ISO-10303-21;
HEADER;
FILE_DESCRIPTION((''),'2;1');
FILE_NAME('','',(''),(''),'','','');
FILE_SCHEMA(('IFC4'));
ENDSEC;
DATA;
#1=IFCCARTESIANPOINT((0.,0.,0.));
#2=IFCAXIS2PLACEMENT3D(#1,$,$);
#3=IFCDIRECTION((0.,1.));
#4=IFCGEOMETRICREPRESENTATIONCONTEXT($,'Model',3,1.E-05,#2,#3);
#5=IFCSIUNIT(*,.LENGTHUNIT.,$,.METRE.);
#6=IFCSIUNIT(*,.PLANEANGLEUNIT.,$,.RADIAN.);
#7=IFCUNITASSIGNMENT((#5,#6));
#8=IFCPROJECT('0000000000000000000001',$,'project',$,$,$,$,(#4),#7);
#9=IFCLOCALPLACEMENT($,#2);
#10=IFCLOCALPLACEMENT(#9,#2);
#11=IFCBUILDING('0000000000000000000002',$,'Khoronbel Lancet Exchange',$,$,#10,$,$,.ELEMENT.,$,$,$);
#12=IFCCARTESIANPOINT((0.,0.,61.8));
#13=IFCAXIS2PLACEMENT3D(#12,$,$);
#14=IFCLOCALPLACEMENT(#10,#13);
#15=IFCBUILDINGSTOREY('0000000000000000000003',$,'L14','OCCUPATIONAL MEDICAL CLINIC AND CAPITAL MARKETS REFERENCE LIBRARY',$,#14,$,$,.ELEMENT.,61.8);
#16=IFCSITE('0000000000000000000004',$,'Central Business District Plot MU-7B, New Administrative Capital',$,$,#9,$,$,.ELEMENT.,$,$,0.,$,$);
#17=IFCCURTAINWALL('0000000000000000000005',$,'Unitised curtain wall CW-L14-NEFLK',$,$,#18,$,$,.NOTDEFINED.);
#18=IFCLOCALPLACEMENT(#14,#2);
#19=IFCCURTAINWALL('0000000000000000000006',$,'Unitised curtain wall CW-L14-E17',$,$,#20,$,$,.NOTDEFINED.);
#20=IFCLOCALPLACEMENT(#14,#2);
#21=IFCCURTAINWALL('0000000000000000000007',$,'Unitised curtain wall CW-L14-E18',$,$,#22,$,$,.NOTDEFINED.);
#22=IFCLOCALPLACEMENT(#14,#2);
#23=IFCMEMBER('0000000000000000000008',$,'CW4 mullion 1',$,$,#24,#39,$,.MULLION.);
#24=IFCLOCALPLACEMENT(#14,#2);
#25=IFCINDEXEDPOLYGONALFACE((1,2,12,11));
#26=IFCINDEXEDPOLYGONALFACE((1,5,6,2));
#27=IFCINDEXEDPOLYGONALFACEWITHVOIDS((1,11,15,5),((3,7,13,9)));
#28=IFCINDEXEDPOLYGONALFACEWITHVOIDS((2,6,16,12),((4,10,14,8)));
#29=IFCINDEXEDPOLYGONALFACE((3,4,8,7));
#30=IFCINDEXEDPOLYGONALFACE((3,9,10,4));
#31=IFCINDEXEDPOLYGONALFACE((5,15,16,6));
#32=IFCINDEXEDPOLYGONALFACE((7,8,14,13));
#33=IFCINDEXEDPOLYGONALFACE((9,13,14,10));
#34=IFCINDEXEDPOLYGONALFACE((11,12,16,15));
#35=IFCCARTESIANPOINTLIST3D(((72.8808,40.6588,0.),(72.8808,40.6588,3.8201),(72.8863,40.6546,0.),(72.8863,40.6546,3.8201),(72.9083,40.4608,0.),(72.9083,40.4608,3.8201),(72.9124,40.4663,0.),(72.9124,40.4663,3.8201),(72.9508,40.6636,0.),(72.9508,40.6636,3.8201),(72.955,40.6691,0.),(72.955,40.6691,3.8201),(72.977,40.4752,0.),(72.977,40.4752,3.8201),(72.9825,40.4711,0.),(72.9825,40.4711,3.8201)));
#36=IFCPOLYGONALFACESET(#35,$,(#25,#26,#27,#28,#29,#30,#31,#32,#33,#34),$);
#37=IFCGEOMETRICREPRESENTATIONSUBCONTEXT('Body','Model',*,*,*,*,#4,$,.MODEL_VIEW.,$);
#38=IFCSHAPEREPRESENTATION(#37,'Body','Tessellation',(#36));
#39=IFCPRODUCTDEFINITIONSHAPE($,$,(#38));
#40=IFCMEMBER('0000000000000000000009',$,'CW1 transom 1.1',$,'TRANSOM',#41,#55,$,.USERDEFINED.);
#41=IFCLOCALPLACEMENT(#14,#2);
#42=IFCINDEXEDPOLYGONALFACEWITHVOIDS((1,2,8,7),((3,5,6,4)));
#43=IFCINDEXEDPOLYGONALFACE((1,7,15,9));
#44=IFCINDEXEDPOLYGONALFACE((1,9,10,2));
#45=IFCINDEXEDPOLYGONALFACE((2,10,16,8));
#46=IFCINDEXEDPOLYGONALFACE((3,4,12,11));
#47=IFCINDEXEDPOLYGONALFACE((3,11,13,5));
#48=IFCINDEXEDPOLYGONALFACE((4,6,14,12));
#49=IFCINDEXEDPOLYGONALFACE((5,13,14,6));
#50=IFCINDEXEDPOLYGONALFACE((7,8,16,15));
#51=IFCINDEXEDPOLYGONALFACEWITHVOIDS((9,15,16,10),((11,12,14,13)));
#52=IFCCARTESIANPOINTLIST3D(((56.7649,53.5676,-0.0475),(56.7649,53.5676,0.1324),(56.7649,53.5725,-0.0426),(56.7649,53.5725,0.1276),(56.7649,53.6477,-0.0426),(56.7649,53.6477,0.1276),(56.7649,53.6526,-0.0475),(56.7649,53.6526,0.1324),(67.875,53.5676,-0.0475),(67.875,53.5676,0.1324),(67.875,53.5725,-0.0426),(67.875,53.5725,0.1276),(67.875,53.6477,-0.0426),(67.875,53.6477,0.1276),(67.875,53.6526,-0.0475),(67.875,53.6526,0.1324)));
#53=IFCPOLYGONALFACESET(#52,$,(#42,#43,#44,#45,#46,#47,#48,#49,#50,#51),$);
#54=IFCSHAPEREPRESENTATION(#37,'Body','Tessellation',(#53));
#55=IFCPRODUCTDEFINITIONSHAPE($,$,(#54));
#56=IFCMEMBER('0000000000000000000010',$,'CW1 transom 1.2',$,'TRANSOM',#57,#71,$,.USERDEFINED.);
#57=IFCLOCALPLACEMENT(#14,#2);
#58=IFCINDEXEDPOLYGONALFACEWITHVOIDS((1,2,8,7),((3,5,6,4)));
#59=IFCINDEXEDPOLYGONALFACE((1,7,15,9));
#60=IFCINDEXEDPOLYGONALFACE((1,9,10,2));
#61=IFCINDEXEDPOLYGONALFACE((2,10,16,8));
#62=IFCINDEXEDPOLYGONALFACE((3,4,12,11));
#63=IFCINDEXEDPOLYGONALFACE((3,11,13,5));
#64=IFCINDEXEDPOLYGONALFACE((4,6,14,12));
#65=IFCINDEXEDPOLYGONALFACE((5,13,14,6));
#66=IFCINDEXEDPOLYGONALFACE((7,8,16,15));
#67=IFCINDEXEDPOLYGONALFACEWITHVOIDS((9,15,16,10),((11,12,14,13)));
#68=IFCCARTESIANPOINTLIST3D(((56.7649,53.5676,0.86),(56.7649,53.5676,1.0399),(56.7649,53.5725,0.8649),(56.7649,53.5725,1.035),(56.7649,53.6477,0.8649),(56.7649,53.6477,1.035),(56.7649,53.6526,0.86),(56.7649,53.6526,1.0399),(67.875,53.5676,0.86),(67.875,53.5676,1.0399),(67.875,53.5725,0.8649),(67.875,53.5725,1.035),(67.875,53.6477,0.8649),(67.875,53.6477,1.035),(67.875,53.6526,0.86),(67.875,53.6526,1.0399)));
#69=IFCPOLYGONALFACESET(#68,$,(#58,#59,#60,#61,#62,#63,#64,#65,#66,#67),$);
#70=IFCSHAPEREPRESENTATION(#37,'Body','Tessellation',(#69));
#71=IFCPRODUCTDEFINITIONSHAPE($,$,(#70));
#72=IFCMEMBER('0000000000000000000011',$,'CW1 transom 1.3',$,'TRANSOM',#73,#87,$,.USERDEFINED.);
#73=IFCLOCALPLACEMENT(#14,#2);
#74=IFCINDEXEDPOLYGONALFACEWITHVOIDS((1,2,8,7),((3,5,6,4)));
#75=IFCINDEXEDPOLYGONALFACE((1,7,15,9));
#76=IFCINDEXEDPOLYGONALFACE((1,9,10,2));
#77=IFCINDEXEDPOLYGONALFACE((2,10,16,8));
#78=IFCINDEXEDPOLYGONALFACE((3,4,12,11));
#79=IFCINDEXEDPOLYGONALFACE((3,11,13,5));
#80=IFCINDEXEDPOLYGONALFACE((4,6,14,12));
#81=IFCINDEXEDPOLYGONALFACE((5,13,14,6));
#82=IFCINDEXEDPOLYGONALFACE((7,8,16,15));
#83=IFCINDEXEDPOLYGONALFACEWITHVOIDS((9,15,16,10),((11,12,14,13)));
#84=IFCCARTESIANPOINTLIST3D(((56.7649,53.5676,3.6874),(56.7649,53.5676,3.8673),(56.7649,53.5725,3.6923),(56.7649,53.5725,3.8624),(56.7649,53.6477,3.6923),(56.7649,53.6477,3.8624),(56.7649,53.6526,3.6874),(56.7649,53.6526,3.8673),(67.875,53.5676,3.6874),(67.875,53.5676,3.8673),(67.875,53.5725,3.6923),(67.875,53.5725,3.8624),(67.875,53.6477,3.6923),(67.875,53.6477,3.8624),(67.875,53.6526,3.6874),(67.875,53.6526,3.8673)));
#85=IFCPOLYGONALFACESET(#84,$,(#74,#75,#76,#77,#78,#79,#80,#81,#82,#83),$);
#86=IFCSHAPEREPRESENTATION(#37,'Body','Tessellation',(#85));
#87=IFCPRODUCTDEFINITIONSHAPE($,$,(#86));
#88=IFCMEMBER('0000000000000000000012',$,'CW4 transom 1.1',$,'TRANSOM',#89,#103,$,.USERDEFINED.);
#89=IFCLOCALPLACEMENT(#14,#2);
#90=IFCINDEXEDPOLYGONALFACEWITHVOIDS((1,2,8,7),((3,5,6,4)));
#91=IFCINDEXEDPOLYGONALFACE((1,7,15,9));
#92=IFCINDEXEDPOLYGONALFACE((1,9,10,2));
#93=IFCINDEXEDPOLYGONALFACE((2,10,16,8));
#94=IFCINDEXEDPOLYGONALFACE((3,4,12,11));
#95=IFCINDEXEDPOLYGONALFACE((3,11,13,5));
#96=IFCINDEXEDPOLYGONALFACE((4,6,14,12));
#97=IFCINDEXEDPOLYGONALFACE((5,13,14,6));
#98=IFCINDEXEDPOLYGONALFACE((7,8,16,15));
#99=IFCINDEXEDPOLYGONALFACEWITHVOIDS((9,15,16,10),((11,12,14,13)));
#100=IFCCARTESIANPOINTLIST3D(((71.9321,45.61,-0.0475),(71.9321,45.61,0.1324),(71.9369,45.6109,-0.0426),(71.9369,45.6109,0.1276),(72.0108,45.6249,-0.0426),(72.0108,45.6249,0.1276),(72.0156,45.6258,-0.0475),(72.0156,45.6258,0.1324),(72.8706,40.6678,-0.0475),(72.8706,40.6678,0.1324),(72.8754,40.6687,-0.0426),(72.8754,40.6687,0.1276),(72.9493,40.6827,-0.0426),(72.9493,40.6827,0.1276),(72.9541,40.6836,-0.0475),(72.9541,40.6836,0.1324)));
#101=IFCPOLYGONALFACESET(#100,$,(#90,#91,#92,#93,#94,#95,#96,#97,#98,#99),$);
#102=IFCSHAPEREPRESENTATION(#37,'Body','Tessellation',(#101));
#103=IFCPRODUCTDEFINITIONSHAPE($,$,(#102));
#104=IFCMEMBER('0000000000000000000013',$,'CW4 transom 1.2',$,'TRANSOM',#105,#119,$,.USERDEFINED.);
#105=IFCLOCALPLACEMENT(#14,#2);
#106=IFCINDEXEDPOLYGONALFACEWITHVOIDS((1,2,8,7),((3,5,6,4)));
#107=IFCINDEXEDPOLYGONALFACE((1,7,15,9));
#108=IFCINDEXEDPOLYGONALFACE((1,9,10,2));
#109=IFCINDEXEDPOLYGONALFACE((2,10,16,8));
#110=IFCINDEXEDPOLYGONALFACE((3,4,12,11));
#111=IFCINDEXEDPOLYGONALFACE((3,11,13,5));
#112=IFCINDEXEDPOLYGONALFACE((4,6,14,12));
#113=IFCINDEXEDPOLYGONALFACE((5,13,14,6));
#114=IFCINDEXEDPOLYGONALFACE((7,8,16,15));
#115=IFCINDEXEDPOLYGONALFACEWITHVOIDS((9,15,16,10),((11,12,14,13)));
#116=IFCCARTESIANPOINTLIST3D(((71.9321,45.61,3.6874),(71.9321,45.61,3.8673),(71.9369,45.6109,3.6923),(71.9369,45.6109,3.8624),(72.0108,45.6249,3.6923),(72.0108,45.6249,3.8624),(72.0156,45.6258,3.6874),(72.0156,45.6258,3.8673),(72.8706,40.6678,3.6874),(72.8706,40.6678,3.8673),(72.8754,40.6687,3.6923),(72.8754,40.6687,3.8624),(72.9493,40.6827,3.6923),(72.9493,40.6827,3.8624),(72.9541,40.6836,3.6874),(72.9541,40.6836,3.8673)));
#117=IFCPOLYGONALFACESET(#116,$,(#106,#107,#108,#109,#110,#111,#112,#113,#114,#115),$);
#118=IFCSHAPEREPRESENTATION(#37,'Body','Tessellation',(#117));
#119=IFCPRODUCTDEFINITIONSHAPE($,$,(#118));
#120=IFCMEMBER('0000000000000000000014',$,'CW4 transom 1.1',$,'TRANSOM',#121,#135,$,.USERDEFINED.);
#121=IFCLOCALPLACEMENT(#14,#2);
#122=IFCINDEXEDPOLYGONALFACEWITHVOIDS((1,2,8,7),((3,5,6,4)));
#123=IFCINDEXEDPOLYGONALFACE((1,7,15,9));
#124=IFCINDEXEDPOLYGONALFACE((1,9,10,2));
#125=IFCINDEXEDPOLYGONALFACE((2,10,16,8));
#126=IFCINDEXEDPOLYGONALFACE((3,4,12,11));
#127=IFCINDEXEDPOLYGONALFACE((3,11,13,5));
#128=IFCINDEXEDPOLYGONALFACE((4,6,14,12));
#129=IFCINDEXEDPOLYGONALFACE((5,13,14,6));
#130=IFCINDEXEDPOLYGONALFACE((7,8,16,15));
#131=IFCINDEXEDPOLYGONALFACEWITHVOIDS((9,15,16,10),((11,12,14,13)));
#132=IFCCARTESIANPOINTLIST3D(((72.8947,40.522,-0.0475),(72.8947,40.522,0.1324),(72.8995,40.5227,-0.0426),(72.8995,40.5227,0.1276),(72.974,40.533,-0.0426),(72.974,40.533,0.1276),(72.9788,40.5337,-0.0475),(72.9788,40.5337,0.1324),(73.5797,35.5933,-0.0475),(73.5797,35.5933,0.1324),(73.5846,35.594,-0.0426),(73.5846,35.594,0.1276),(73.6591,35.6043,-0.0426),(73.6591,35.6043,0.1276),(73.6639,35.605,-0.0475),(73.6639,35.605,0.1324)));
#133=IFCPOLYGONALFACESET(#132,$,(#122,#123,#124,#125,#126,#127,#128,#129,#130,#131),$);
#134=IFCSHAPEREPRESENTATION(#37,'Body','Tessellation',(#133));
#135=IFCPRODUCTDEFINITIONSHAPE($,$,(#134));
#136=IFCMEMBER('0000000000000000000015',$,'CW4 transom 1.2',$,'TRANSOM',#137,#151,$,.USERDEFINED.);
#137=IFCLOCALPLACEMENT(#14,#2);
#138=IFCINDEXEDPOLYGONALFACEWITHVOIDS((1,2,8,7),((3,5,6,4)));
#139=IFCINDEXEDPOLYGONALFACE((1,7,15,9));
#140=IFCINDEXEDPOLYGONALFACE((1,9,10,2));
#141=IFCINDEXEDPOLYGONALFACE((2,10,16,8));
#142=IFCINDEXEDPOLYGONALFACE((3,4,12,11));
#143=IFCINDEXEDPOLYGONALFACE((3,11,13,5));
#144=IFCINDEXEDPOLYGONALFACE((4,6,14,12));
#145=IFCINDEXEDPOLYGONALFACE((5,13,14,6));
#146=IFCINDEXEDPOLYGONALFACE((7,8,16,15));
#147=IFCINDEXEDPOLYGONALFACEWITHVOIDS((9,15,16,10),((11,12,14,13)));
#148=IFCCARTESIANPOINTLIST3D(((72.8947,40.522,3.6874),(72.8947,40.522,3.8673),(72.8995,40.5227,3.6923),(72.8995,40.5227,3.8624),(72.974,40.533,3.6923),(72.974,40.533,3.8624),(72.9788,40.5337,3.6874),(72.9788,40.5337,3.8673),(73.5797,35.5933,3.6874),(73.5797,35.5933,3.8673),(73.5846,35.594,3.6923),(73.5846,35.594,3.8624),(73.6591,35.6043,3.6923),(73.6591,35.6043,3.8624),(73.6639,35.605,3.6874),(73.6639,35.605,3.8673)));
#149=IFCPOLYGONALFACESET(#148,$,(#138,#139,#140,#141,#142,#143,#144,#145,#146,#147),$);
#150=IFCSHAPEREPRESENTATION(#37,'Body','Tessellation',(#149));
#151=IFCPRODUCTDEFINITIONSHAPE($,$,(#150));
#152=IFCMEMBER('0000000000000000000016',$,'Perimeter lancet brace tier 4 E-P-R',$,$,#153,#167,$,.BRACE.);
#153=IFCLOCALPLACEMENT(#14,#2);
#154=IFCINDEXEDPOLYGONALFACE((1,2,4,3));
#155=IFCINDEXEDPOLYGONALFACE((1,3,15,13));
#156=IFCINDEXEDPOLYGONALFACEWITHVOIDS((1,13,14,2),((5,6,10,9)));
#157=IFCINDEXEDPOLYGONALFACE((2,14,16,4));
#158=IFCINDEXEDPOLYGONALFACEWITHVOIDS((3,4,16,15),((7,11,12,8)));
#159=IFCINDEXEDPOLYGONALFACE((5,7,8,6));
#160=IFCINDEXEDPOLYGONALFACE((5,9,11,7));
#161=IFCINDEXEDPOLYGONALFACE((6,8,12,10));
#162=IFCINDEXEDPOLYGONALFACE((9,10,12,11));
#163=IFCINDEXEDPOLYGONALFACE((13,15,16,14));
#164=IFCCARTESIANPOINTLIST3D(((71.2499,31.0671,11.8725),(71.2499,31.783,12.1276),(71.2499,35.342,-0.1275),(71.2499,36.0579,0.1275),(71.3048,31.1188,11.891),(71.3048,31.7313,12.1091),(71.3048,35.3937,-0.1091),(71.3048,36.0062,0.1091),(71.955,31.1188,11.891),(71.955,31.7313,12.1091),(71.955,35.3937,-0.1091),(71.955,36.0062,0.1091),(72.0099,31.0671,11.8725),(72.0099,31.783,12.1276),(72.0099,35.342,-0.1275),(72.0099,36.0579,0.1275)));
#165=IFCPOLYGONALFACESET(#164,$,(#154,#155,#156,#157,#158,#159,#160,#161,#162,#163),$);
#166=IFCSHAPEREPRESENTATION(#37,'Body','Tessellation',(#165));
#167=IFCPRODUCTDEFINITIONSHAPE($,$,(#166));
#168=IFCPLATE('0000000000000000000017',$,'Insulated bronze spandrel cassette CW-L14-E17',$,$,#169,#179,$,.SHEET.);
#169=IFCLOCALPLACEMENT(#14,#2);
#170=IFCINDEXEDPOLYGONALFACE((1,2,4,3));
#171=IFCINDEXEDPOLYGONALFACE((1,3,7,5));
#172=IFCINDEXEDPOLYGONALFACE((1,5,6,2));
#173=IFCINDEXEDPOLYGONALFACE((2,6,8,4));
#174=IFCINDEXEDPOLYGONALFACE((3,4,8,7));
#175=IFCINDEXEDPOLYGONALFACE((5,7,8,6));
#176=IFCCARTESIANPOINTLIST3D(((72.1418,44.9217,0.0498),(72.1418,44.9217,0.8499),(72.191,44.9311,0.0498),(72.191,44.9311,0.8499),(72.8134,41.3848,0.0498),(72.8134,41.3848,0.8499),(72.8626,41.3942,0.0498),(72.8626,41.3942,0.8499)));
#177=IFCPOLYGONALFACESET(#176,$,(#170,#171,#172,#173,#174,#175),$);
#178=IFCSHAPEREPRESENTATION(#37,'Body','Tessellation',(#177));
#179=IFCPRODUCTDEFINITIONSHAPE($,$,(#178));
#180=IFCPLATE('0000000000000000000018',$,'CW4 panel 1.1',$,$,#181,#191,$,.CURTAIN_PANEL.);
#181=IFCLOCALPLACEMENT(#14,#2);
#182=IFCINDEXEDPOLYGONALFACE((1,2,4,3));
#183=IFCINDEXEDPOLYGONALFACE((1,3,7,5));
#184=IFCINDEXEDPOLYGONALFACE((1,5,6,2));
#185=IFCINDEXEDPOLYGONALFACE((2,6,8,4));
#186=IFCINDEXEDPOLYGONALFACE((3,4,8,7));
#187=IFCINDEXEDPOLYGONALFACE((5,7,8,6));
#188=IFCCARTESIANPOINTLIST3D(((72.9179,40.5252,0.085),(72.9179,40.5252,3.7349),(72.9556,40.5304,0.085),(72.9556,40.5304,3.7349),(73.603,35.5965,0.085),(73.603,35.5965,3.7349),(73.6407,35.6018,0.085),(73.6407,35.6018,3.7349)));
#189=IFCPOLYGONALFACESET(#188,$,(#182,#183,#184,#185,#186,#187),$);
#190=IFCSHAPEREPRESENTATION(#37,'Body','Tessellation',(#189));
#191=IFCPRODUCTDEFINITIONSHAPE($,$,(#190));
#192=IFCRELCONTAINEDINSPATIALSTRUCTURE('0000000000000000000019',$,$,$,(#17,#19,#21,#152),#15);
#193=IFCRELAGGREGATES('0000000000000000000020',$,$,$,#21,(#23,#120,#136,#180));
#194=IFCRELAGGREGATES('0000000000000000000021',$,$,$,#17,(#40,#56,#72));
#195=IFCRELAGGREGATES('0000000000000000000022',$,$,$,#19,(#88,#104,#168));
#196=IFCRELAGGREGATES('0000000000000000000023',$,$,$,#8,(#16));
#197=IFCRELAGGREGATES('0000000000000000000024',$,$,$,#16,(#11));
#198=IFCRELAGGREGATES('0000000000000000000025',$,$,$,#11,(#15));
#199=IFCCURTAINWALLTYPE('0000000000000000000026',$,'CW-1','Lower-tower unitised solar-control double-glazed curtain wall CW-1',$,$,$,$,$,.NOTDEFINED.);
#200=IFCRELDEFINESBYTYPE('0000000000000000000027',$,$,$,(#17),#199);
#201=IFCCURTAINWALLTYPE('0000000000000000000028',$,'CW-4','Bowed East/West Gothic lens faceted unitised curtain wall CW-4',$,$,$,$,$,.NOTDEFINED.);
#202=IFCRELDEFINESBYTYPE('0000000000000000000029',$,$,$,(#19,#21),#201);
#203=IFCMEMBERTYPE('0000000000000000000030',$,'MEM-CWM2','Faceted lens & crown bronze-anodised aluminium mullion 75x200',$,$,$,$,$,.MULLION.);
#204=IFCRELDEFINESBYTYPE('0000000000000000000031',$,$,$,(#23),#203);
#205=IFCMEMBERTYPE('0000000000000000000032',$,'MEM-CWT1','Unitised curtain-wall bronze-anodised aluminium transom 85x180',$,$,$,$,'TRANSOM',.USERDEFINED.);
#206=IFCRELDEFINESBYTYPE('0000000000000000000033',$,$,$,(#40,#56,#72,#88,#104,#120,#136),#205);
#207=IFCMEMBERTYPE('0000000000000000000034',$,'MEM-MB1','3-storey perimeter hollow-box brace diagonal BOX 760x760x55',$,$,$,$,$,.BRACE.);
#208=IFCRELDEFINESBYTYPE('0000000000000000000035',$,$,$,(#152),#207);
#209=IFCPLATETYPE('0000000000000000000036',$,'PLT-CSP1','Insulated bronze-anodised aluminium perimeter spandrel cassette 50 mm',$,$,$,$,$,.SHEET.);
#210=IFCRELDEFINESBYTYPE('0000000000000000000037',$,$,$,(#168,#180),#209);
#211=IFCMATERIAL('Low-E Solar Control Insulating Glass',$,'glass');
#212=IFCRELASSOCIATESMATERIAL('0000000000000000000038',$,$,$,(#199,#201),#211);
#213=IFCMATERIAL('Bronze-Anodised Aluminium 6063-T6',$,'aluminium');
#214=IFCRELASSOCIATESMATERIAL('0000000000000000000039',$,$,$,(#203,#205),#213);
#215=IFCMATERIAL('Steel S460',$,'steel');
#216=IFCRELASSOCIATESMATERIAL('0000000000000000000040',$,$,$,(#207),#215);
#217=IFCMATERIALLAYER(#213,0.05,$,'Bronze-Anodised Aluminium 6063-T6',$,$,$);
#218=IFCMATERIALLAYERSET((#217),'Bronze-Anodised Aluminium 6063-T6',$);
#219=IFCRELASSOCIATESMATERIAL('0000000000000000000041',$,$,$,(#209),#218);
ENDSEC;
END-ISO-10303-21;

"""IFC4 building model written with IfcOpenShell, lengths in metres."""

from ifc_helpers import new_model, si_unit, direction, frame, origin, origin_2d, place, context, subcontext, project, spatial, rectangle, hollow_rectangle, extrude, material, layer, layer_set, material_profile, profile_set, type_object, element, aggregate, save


model = new_model("IFC4")

# Units and contexts
model_context = context("Model", 3, precision=1e-05, world=origin(), true_north=direction((0.0, 1.0)))
body_context = subcontext(model_context, "Body", "Model", "MODEL_VIEW")
ifc_project = project(units=[si_unit("LENGTHUNIT", "METRE"), si_unit("PLANEANGLEUNIT", "RADIAN")], contexts=[model_context])

# Site, building, storey
site_placement = place(None, origin())
site = spatial("IfcSite", under=ifc_project, at=site_placement, Name="Central Business District Plot MU-7B, New Administrative Capital", CompositionType="ELEMENT", RefElevation=0.0)
building_placement = place(site_placement, origin())
building = spatial("IfcBuilding", under=site, at=building_placement, Name="Khoronbel Lancet Exchange", CompositionType="ELEMENT")
storey_placement = place(building_placement, frame((0.0, 0.0, 61.8)))
storey = spatial("IfcBuildingStorey", under=building, at=storey_placement, Name="L14", Description="OCCUPATIONAL MEDICAL CLINIC AND CAPITAL MARKETS REFERENCE LIBRARY", CompositionType="ELEMENT", Elevation=61.8)

# Shared definitions
ifc_material_1 = material(Name="Steel S460", Category="steel")

# Curtain wall
ifc_material_2 = material(Name="Low-E Solar Control Insulating Glass", Category="glass")
curtain_wall_type_1 = type_object("IfcCurtainWallType", Name="CW-1", Description="Lower-tower unitised solar-control double-glazed curtain wall CW-1", PredefinedType="NOTDEFINED", material=ifc_material_2)
curtain_wall_1_placement = place(storey_placement, origin())
curtain_wall_1 = element("IfcCurtainWall", 1, at=curtain_wall_1_placement, inside=storey, type_object=curtain_wall_type_1, Name="Unitised curtain wall CW-L14-NEFLK", PredefinedType="NOTDEFINED")
ifc_material_3 = material(Name="Bronze-Anodised Aluminium 6063-T6", Category="aluminium")

# Curtain wall
curtain_wall_type_2 = type_object("IfcCurtainWallType", Name="CW-4", Description="Bowed East/West Gothic lens faceted unitised curtain wall CW-4", PredefinedType="NOTDEFINED", material=ifc_material_2)
curtain_wall_2_placement = place(storey_placement, origin())
curtain_wall_2 = element("IfcCurtainWall", 2, at=curtain_wall_2_placement, inside=storey, type_object=curtain_wall_type_2, Name="Unitised curtain wall CW-L14-E17", PredefinedType="NOTDEFINED")
ifc_material_profile_1 = material_profile(ifc_material_3, hollow_rectangle(XDim=0.075, YDim=0.2, WallThickness=0.0049, at=origin_2d()), Name="ALU MULLION 75x200")
ifc_profile_set_1 = profile_set([ifc_material_profile_1], Name="Bronze-Anodised Aluminium 6063-T6")
member_type_1 = type_object("IfcMemberType", Name="MEM-CWM2", Description="Faceted lens & crown bronze-anodised aluminium mullion 75x200", PredefinedType="MULLION", material=ifc_profile_set_1)

# Curtain wall, member
curtain_wall_3_placement = place(storey_placement, origin())
curtain_wall_3 = element("IfcCurtainWall", 3, at=curtain_wall_3_placement, inside=storey, type_object=curtain_wall_type_2, Name="Unitised curtain wall CW-L14-E18", PredefinedType="NOTDEFINED")
member_1_placement = place(storey_placement, frame((72.9316, 40.5649, 0.0), z_axis=(0.0, 0.0, 1.0), x_axis=(0.990478, 0.137668, 0.0)))
member_1 = element("IfcMember", 4, at=member_1_placement, type_object=member_type_1, Name="CW4 mullion 1", PredefinedType="MULLION", context=body_context, shape_type="SweptSolid", body=[
    extrude(hollow_rectangle(XDim=0.075, YDim=0.2, WallThickness=0.0049, at=origin_2d()), origin(), (0.0, 0.0, 1.0), 3.8201),
])

# Members
ifc_material_profile_2 = material_profile(ifc_material_3, hollow_rectangle(XDim=0.085, YDim=0.1799, WallThickness=0.0049, at=origin_2d()), Name="ALU TRANSOM 85x180")
ifc_profile_set_2 = profile_set([ifc_material_profile_2], Name="Bronze-Anodised Aluminium 6063-T6")
member_type_2 = type_object("IfcMemberType", Name="MEM-CWT1", Description="Unitised curtain-wall bronze-anodised aluminium transom 85x180", ElementType="TRANSOM", PredefinedType="USERDEFINED", material=ifc_profile_set_2)
member_2_placement = place(storey_placement, frame((67.875, 53.6101, 0.0425), z_axis=(-1.0, 0.0, 0.0), x_axis=(0.0, -1.0, 0.0)))
member_2 = element("IfcMember", 5, at=member_2_placement, type_object=member_type_2, Name="CW1 transom 1.1", ObjectType="TRANSOM", PredefinedType="USERDEFINED", context=body_context, shape_type="SweptSolid", body=[
    extrude(hollow_rectangle(XDim=0.085, YDim=0.1799, WallThickness=0.0049, at=origin_2d()), origin(), (0.0, 0.0, 1.0), 11.1101),
])
member_3_placement = place(storey_placement, frame((67.875, 53.6101, 0.95), z_axis=(-1.0, 0.0, 0.0), x_axis=(0.0, -1.0, 0.0)))
member_3 = element("IfcMember", 6, at=member_3_placement, type_object=member_type_2, Name="CW1 transom 1.2", ObjectType="TRANSOM", PredefinedType="USERDEFINED", context=body_context, shape_type="SweptSolid", body=[
    extrude(hollow_rectangle(XDim=0.085, YDim=0.1799, WallThickness=0.0049, at=origin_2d()), origin(), (0.0, 0.0, 1.0), 11.1101),
])
member_4_placement = place(storey_placement, frame((67.875, 53.6101, 3.7773), z_axis=(-1.0, 0.0, 0.0), x_axis=(0.0, -1.0, 0.0)))
member_4 = element("IfcMember", 7, at=member_4_placement, type_object=member_type_2, Name="CW1 transom 1.3", ObjectType="TRANSOM", PredefinedType="USERDEFINED", context=body_context, shape_type="SweptSolid", body=[
    extrude(hollow_rectangle(XDim=0.085, YDim=0.1799, WallThickness=0.0049, at=origin_2d()), origin(), (0.0, 0.0, 1.0), 11.1101),
])
member_5_placement = place(storey_placement, frame((71.9739, 45.6179, 0.0425), z_axis=(0.186559, -0.982444, 0.0), x_axis=(0.982444, 0.186559, 0.0)))
member_5 = element("IfcMember", 8, at=member_5_placement, type_object=member_type_2, Name="CW4 transom 1.1", ObjectType="TRANSOM", PredefinedType="USERDEFINED", context=body_context, shape_type="SweptSolid", body=[
    extrude(hollow_rectangle(XDim=0.085, YDim=0.1799, WallThickness=0.0049, at=origin_2d()), origin(), (0.0, 0.0, 1.0), 5.0305),
])
member_6_placement = place(storey_placement, frame((71.9739, 45.6179, 3.7773), z_axis=(0.186559, -0.982444, 0.0), x_axis=(0.982444, 0.186559, 0.0)))
member_6 = element("IfcMember", 9, at=member_6_placement, type_object=member_type_2, Name="CW4 transom 1.2", ObjectType="TRANSOM", PredefinedType="USERDEFINED", context=body_context, shape_type="SweptSolid", body=[
    extrude(hollow_rectangle(XDim=0.085, YDim=0.1799, WallThickness=0.0049, at=origin_2d()), origin(), (0.0, 0.0, 1.0), 5.0305),
])
member_7_placement = place(storey_placement, frame((72.9368, 40.5278, 0.0425), z_axis=(0.13767, -0.990478, 0.0), x_axis=(0.990478, 0.13767, 0.0)))
member_7 = element("IfcMember", 10, at=member_7_placement, type_object=member_type_2, Name="CW4 transom 1.1", ObjectType="TRANSOM", PredefinedType="USERDEFINED", context=body_context, shape_type="SweptSolid", body=[
    extrude(hollow_rectangle(XDim=0.085, YDim=0.1799, WallThickness=0.0049, at=origin_2d()), origin(), (0.0, 0.0, 1.0), 4.9761),
])
member_8_placement = place(storey_placement, frame((72.9368, 40.5278, 3.7773), z_axis=(0.13767, -0.990478, 0.0), x_axis=(0.990478, 0.13767, 0.0)))
member_8 = element("IfcMember", 11, at=member_8_placement, type_object=member_type_2, Name="CW4 transom 1.2", ObjectType="TRANSOM", PredefinedType="USERDEFINED", context=body_context, shape_type="SweptSolid", body=[
    extrude(hollow_rectangle(XDim=0.085, YDim=0.1799, WallThickness=0.0049, at=origin_2d()), origin(), (0.0, 0.0, 1.0), 4.9761),
])
ifc_material_profile_3 = material_profile(ifc_material_1, hollow_rectangle(XDim=0.76, YDim=0.76, WallThickness=0.0549, at=origin_2d()), Name="BOX 760x760x55")
ifc_profile_set_3 = profile_set([ifc_material_profile_3], Name="Steel S460")
member_type_3 = type_object("IfcMemberType", Name="MEM-MB1", Description="3-storey perimeter hollow-box brace diagonal BOX 760x760x55", PredefinedType="BRACE", material=ifc_profile_set_3)
member_9_placement = place(storey_placement, frame((71.6299, 35.7, 0.0), z_axis=(0.0, -0.335584, 0.94201), x_axis=(1.0, 0.0, 0.0)))
element("IfcMember", 12, at=member_9_placement, inside=storey, type_object=member_type_3, Name="Perimeter lancet brace tier 4 E-P-R", PredefinedType="BRACE", context=body_context, shape_type="SweptSolid", body=[
    extrude(hollow_rectangle(XDim=0.76, YDim=0.76, WallThickness=0.0549, at=origin_2d()), origin(), (0.0, 0.0, 1.0), 12.7388),
])

# Plates
ifc_layer_1 = layer(ifc_material_3, 0.05, Name="Bronze-Anodised Aluminium 6063-T6")
ifc_layer_set_1 = layer_set([ifc_layer_1], Name="Bronze-Anodised Aluminium 6063-T6")
plate_type_1 = type_object("IfcPlateType", Name="PLT-CSP1", Description="Insulated bronze-anodised aluminium perimeter spandrel cassette 50 mm", PredefinedType="SHEET", material=ifc_layer_set_1)
plate_1_placement = place(storey_placement, frame((72.5022, 43.158, 0.0498), z_axis=(0.0, 0.0, 1.0), x_axis=(0.186551, -0.982445, 0.0)))
plate_1 = element("IfcPlate", 13, at=plate_1_placement, type_object=plate_type_1, Name="Insulated bronze spandrel cassette CW-L14-E17", PredefinedType="SHEET", context=body_context, shape_type="SweptSolid", body=[
    extrude(rectangle(XDim=3.6001, YDim=0.05, at=origin_2d()), origin(), (0.0, 0.0, 1.0), 0.8),
])
plate_2_placement = place(storey_placement, frame((73.2793, 38.0635, 0.085), z_axis=(0.0, 0.0, 1.0), x_axis=(0.137668, -0.990478, 0.0)))
plate_2 = element("IfcPlate", 14, at=plate_2_placement, type_object=plate_type_1, Name="CW4 panel 1.1", PredefinedType="CURTAIN_PANEL", context=body_context, shape_type="SweptSolid", body=[
    extrude(rectangle(XDim=4.9761, YDim=0.0381, at=origin_2d()), origin(), (0.0, 0.0, 1.0), 3.6499),
])
aggregate(curtain_wall_3, [member_1, member_7, member_8, plate_2])
aggregate(curtain_wall_1, [member_2, member_3, member_4])
aggregate(curtain_wall_2, [member_5, member_6, plate_1])

save(model, "model.ifc")
